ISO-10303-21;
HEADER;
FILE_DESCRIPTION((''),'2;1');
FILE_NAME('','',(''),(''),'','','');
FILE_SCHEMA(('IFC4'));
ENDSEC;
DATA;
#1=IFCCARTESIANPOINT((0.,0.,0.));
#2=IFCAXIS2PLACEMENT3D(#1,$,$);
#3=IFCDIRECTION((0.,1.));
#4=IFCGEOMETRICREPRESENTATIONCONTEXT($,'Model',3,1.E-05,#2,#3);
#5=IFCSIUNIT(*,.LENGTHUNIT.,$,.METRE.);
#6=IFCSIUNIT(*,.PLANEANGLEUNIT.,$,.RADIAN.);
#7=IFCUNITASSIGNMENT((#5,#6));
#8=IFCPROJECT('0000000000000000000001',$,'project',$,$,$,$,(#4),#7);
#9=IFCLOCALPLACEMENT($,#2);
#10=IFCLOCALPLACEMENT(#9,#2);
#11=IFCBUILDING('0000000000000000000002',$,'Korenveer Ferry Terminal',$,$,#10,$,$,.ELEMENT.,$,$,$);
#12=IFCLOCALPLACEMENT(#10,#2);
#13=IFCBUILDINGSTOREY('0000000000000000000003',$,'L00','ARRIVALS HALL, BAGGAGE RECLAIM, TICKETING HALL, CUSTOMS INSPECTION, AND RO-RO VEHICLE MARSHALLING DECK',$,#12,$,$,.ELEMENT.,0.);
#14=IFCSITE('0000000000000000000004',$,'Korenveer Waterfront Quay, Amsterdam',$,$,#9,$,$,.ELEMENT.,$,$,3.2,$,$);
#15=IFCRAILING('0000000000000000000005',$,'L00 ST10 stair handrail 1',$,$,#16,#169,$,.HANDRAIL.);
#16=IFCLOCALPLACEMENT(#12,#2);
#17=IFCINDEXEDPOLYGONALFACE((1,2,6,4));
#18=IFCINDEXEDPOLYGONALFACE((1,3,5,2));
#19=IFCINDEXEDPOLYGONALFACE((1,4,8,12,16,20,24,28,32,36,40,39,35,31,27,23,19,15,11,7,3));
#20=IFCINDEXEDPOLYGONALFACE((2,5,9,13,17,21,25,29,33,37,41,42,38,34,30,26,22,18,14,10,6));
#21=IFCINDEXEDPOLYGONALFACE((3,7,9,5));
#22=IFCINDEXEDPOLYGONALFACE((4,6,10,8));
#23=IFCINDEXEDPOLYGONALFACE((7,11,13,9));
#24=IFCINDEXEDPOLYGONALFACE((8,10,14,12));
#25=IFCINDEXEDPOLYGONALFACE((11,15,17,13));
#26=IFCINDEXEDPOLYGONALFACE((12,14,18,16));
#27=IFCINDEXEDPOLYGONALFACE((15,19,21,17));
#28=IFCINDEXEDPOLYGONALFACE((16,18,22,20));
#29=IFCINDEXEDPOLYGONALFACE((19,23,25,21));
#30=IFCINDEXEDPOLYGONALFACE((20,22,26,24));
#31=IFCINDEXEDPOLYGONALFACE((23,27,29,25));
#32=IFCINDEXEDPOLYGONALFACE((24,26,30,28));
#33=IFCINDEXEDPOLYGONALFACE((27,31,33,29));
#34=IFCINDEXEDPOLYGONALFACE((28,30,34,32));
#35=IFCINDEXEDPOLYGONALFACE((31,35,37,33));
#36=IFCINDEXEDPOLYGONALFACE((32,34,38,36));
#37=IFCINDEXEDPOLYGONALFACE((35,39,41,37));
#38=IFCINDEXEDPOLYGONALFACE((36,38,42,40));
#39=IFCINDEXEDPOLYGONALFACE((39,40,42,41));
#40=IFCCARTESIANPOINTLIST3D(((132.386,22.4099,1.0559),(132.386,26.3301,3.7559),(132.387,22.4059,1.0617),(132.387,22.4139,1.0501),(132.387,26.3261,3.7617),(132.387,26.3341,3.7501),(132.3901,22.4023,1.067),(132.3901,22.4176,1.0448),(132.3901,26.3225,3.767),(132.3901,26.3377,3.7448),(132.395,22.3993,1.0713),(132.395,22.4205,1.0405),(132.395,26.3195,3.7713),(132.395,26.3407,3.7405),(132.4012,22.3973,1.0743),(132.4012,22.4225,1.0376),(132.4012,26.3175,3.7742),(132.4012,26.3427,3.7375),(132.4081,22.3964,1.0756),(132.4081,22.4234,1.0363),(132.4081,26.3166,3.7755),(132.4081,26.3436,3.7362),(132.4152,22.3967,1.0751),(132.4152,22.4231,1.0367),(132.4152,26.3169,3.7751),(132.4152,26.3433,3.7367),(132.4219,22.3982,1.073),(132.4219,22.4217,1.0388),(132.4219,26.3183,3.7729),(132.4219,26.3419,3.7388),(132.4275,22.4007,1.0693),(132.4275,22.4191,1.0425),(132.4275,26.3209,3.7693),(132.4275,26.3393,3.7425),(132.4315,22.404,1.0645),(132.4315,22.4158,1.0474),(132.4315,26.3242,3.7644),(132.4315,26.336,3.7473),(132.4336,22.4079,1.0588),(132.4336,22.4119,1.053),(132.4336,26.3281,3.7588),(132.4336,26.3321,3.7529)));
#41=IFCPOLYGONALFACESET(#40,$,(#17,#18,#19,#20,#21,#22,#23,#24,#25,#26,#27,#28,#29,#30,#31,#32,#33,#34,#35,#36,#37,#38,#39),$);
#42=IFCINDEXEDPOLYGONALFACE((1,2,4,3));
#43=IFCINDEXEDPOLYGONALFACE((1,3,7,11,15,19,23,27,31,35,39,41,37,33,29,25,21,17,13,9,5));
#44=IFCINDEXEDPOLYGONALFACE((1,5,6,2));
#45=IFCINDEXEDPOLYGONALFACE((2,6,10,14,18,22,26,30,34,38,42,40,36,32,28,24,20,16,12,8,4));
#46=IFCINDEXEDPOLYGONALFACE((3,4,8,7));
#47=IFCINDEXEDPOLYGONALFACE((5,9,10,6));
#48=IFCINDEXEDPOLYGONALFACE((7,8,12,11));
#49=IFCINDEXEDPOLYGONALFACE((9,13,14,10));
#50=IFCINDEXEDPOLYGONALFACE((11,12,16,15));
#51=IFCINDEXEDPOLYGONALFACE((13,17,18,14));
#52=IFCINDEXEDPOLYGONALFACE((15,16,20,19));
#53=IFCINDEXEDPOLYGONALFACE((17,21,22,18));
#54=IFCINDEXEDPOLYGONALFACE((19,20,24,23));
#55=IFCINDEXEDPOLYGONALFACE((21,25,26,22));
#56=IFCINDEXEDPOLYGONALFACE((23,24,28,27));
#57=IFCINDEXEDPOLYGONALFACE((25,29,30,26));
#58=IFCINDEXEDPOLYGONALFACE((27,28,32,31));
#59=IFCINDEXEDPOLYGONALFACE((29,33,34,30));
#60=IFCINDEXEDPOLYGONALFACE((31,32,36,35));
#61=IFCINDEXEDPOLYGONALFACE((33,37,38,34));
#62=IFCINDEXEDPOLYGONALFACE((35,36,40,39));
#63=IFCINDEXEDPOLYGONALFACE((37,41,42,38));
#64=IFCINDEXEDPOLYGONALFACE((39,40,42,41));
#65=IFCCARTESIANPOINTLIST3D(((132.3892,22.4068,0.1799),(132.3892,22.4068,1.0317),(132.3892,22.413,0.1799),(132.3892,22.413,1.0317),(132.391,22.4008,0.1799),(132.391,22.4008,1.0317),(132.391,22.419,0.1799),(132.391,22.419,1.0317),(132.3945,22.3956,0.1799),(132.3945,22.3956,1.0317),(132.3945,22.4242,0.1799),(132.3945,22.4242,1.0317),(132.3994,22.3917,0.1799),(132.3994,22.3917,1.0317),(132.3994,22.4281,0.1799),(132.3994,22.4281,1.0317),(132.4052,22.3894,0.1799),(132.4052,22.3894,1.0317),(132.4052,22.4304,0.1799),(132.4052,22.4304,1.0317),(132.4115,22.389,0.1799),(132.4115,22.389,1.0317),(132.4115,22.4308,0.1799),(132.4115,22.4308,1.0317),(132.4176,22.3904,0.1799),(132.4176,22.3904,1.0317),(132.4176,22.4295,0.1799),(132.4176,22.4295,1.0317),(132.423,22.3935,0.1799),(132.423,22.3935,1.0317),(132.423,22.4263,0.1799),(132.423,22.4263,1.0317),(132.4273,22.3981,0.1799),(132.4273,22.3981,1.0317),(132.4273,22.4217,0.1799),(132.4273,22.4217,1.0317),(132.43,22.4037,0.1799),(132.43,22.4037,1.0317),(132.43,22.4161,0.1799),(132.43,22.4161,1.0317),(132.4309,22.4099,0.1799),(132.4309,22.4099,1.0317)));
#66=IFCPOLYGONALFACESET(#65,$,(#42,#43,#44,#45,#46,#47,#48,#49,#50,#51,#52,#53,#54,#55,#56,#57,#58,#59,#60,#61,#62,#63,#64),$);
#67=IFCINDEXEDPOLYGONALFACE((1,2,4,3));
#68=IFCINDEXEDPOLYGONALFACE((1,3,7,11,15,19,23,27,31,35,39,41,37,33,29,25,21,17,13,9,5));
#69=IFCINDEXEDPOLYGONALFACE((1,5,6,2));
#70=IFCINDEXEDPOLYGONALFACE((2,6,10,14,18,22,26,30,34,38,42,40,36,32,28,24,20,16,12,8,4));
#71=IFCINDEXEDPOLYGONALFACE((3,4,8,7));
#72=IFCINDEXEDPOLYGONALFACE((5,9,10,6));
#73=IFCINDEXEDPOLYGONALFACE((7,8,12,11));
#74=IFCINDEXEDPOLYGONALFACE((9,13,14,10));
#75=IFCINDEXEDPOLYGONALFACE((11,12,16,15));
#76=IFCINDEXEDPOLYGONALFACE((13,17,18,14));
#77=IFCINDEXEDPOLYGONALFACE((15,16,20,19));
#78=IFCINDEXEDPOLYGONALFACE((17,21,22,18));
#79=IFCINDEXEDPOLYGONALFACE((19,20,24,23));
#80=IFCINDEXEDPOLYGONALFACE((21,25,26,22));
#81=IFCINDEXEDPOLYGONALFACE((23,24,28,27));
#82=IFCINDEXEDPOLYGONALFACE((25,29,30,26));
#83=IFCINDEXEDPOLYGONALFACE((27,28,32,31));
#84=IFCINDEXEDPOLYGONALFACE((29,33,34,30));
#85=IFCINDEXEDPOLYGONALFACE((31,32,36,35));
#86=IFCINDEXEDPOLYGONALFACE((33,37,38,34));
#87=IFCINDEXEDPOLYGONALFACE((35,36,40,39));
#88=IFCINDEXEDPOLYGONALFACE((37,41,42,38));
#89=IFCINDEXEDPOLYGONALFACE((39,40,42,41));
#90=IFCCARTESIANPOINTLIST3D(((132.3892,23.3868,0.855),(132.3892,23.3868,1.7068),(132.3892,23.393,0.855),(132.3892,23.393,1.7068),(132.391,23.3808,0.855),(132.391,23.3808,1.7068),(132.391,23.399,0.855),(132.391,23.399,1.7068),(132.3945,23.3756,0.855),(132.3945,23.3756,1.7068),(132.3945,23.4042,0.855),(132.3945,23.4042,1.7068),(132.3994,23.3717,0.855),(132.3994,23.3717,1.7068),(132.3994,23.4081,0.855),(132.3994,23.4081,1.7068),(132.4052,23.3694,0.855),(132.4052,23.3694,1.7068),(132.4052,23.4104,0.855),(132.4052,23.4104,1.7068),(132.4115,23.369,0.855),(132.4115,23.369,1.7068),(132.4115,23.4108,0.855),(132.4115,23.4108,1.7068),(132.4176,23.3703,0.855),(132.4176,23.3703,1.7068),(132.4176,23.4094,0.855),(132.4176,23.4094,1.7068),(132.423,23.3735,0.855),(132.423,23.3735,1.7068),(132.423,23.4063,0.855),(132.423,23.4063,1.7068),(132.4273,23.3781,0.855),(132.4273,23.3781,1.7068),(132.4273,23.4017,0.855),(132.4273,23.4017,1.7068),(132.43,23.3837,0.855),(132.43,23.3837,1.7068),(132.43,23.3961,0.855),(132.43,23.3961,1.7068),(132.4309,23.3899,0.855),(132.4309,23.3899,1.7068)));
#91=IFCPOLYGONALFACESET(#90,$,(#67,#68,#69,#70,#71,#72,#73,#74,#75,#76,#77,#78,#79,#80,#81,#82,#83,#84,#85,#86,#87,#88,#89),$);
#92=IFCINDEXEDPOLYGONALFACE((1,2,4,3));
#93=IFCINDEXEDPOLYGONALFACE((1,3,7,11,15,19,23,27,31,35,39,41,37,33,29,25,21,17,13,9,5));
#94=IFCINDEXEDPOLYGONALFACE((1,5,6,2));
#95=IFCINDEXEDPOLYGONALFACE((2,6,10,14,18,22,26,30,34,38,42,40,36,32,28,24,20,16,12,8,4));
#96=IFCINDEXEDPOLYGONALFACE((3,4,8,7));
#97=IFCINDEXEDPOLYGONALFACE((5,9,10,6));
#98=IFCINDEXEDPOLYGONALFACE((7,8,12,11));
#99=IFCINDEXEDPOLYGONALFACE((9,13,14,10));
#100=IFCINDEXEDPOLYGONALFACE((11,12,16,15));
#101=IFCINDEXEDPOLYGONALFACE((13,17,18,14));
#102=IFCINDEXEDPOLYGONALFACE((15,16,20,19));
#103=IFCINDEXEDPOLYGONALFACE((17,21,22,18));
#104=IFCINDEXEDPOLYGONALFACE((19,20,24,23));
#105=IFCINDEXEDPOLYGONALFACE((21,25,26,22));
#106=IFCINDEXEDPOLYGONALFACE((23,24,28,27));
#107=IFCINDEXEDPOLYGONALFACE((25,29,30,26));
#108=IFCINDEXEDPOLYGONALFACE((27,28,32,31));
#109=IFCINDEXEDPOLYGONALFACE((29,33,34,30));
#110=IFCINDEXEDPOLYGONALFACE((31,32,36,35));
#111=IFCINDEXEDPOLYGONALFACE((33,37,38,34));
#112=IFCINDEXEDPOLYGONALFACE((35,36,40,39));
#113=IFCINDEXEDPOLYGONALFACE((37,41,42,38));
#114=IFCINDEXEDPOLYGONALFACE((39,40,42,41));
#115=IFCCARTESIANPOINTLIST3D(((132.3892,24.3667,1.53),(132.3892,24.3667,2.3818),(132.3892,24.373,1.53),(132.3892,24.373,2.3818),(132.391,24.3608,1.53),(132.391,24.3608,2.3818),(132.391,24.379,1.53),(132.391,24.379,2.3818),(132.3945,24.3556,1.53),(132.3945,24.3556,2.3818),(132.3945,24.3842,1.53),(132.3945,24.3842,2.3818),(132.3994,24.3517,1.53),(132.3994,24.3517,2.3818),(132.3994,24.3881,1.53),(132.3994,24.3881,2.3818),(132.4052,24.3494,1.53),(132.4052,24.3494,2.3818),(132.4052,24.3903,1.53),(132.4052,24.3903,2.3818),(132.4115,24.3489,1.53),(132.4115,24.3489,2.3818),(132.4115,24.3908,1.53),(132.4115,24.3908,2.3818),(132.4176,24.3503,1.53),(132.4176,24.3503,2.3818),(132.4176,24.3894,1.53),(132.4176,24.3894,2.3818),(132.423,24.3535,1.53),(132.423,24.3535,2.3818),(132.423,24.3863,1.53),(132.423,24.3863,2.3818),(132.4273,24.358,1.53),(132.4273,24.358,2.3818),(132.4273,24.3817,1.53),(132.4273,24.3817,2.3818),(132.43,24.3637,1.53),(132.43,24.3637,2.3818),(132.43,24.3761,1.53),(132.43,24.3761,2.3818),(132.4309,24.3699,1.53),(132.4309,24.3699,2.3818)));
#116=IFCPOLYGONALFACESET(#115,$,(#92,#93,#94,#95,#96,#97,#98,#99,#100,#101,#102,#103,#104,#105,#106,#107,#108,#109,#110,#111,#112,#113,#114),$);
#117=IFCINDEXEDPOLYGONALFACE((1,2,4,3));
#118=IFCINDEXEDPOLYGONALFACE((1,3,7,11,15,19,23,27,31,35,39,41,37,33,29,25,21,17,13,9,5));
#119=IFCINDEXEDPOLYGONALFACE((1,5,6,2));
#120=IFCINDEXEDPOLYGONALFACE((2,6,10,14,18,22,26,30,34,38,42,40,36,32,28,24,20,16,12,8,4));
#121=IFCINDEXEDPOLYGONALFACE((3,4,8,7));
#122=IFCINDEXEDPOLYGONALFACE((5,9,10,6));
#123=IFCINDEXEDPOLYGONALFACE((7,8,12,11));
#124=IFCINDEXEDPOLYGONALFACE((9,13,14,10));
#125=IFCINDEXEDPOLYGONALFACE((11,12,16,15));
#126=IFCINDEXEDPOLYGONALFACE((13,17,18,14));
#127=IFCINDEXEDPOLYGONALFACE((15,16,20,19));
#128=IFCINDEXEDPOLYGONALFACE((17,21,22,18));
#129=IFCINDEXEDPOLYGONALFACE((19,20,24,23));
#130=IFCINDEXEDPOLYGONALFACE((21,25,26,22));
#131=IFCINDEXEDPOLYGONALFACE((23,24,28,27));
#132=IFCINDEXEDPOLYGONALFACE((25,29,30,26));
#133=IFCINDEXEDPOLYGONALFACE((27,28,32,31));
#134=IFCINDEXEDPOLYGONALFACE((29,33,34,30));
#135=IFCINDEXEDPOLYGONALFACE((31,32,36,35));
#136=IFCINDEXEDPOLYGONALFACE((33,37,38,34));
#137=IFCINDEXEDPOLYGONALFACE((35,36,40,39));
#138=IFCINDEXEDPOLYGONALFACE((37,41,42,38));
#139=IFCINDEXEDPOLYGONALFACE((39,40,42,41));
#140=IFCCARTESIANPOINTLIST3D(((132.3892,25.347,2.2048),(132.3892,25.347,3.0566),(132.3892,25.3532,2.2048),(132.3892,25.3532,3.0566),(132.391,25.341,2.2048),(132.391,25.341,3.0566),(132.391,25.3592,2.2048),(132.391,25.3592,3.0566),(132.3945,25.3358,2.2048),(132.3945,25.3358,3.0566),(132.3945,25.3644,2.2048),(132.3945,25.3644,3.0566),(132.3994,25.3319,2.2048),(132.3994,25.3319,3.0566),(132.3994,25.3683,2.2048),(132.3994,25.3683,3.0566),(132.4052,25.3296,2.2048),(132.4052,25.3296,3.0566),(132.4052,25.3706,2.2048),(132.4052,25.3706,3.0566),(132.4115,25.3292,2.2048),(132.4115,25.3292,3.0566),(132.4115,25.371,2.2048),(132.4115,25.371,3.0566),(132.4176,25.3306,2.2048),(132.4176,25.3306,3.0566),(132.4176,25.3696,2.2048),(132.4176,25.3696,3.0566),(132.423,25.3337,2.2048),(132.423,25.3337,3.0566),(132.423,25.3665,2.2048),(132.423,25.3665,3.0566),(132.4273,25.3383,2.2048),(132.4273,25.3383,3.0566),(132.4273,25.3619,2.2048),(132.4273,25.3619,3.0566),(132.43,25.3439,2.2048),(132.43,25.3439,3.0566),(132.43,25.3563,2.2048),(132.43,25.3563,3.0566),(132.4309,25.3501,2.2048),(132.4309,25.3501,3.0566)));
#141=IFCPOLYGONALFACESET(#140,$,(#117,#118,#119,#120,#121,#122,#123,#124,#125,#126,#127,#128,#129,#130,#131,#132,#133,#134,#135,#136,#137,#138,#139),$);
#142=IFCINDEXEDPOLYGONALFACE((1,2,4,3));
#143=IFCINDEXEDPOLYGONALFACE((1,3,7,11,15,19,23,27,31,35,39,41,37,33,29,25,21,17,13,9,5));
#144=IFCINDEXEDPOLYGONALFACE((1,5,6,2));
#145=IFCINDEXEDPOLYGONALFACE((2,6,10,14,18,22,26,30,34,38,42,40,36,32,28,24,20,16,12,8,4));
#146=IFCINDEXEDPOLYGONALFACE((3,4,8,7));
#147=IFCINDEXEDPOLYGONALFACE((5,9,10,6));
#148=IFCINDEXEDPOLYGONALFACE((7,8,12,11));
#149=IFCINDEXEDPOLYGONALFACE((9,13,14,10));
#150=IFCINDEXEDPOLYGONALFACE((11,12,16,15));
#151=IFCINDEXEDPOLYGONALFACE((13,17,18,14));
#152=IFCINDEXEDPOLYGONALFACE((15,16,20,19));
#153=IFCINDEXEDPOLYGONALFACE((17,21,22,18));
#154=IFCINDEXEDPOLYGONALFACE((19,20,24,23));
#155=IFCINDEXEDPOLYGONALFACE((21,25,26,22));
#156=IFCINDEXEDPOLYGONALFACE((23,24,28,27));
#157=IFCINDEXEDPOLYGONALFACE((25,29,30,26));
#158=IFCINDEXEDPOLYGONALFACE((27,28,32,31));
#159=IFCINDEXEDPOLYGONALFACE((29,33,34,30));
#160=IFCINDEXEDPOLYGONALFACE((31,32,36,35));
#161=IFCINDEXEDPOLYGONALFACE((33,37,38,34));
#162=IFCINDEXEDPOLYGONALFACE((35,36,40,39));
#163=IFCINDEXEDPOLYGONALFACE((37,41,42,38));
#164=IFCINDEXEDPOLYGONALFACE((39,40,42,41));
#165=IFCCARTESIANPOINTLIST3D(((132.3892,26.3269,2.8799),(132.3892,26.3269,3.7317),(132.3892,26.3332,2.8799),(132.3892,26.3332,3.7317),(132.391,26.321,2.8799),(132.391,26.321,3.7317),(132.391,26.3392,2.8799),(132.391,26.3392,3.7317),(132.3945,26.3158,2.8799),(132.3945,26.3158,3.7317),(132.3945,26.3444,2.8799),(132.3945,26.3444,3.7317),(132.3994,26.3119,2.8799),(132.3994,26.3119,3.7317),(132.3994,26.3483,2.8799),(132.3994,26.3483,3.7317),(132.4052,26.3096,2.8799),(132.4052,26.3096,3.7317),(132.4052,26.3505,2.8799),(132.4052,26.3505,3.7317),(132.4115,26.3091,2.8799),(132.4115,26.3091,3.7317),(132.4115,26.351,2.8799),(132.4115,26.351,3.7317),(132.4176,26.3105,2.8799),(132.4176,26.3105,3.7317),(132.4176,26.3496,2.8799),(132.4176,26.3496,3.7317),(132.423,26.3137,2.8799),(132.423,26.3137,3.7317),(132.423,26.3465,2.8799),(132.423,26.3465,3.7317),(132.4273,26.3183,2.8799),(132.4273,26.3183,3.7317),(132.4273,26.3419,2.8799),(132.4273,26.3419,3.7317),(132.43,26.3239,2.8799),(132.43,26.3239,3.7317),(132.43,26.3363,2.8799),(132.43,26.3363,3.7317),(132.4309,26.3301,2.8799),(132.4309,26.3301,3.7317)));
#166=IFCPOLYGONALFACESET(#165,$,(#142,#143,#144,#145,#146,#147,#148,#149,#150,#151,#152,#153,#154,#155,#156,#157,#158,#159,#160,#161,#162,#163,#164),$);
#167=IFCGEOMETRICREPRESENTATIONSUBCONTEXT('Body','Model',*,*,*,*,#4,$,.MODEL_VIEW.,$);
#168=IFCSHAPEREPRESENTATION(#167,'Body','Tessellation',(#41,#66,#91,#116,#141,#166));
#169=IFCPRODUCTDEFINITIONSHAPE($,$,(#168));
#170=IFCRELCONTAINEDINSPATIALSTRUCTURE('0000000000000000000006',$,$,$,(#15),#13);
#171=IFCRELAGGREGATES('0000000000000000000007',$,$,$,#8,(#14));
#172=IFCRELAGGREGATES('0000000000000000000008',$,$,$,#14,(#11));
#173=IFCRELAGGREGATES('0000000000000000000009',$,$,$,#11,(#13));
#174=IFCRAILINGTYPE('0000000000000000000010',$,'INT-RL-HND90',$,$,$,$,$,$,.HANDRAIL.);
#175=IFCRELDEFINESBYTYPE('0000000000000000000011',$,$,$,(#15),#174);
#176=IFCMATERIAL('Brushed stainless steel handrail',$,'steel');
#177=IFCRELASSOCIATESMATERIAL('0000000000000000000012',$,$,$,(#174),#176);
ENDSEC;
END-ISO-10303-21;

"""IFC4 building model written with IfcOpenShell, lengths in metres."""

from ifc_helpers import new_model, si_unit, direction, frame, origin, origin_2d, place, context, subcontext, project, spatial, circle, extrude, material, type_object, element, save


model = new_model("IFC4")

# Units and contexts
model_context = context("Model", 3, precision=1e-05, world=origin(), true_north=direction((0.0, 1.0)))
body_context = subcontext(model_context, "Body", "Model", "MODEL_VIEW")
ifc_project = project(units=[si_unit("LENGTHUNIT", "METRE"), si_unit("PLANEANGLEUNIT", "RADIAN")], contexts=[model_context])

# Site, building, storey
site_placement = place(None, origin())
site = spatial("IfcSite", under=ifc_project, at=site_placement, Name="Korenveer Waterfront Quay, Amsterdam", CompositionType="ELEMENT", RefElevation=3.2)
building_placement = place(site_placement, origin())
building = spatial("IfcBuilding", under=site, at=building_placement, Name="Korenveer Ferry Terminal", CompositionType="ELEMENT")
storey_placement = place(building_placement, origin())
storey = spatial("IfcBuildingStorey", under=building, at=storey_placement, Name="L00", Description="ARRIVALS HALL, BAGGAGE RECLAIM, TICKETING HALL, CUSTOMS INSPECTION, AND RO-RO VEHICLE MARSHALLING DECK", CompositionType="ELEMENT", Elevation=0.0)

# Railing
ifc_material_1 = material(Name="Brushed stainless steel handrail", Category="steel")
railing_type_1 = type_object("IfcRailingType", Name="INT-RL-HND90", PredefinedType="HANDRAIL", material=ifc_material_1)
railing_1_placement = place(storey_placement, frame((132.4099, 22.4099, 0.1799)))
element("IfcRailing", 1, at=railing_1_placement, inside=storey, type_object=railing_type_1, Name="L00 ST10 stair handrail 1", PredefinedType="HANDRAIL", context=body_context, shape_type="SweptSolid", body=[
    extrude(circle(Radius=0.0239, at=origin_2d()), frame((0.0, 0.0, 0.876), z_axis=(0.0, 0.823567, 0.567219), x_axis=(-1.0, 0.0, 0.0)), (0.0, 0.0, 1.0), 4.76),
    extrude(circle(Radius=0.021, at=origin_2d()), origin(), (0.0, 0.0, 1.0), 0.8518),
    extrude(circle(Radius=0.021, at=origin_2d()), frame((0.0, 0.98, 0.675)), (0.0, 0.0, 1.0), 0.8518),
    extrude(circle(Radius=0.021, at=origin_2d()), frame((0.0, 1.96, 1.3501)), (0.0, 0.0, 1.0), 0.8518),
    extrude(circle(Radius=0.021, at=origin_2d()), frame((0.0, 2.9402, 2.0249)), (0.0, 0.0, 1.0), 0.8518),
    extrude(circle(Radius=0.021, at=origin_2d()), frame((0.0, 3.9202, 2.7)), (0.0, 0.0, 1.0), 0.8518),
])

save(model, "model.ifc")
